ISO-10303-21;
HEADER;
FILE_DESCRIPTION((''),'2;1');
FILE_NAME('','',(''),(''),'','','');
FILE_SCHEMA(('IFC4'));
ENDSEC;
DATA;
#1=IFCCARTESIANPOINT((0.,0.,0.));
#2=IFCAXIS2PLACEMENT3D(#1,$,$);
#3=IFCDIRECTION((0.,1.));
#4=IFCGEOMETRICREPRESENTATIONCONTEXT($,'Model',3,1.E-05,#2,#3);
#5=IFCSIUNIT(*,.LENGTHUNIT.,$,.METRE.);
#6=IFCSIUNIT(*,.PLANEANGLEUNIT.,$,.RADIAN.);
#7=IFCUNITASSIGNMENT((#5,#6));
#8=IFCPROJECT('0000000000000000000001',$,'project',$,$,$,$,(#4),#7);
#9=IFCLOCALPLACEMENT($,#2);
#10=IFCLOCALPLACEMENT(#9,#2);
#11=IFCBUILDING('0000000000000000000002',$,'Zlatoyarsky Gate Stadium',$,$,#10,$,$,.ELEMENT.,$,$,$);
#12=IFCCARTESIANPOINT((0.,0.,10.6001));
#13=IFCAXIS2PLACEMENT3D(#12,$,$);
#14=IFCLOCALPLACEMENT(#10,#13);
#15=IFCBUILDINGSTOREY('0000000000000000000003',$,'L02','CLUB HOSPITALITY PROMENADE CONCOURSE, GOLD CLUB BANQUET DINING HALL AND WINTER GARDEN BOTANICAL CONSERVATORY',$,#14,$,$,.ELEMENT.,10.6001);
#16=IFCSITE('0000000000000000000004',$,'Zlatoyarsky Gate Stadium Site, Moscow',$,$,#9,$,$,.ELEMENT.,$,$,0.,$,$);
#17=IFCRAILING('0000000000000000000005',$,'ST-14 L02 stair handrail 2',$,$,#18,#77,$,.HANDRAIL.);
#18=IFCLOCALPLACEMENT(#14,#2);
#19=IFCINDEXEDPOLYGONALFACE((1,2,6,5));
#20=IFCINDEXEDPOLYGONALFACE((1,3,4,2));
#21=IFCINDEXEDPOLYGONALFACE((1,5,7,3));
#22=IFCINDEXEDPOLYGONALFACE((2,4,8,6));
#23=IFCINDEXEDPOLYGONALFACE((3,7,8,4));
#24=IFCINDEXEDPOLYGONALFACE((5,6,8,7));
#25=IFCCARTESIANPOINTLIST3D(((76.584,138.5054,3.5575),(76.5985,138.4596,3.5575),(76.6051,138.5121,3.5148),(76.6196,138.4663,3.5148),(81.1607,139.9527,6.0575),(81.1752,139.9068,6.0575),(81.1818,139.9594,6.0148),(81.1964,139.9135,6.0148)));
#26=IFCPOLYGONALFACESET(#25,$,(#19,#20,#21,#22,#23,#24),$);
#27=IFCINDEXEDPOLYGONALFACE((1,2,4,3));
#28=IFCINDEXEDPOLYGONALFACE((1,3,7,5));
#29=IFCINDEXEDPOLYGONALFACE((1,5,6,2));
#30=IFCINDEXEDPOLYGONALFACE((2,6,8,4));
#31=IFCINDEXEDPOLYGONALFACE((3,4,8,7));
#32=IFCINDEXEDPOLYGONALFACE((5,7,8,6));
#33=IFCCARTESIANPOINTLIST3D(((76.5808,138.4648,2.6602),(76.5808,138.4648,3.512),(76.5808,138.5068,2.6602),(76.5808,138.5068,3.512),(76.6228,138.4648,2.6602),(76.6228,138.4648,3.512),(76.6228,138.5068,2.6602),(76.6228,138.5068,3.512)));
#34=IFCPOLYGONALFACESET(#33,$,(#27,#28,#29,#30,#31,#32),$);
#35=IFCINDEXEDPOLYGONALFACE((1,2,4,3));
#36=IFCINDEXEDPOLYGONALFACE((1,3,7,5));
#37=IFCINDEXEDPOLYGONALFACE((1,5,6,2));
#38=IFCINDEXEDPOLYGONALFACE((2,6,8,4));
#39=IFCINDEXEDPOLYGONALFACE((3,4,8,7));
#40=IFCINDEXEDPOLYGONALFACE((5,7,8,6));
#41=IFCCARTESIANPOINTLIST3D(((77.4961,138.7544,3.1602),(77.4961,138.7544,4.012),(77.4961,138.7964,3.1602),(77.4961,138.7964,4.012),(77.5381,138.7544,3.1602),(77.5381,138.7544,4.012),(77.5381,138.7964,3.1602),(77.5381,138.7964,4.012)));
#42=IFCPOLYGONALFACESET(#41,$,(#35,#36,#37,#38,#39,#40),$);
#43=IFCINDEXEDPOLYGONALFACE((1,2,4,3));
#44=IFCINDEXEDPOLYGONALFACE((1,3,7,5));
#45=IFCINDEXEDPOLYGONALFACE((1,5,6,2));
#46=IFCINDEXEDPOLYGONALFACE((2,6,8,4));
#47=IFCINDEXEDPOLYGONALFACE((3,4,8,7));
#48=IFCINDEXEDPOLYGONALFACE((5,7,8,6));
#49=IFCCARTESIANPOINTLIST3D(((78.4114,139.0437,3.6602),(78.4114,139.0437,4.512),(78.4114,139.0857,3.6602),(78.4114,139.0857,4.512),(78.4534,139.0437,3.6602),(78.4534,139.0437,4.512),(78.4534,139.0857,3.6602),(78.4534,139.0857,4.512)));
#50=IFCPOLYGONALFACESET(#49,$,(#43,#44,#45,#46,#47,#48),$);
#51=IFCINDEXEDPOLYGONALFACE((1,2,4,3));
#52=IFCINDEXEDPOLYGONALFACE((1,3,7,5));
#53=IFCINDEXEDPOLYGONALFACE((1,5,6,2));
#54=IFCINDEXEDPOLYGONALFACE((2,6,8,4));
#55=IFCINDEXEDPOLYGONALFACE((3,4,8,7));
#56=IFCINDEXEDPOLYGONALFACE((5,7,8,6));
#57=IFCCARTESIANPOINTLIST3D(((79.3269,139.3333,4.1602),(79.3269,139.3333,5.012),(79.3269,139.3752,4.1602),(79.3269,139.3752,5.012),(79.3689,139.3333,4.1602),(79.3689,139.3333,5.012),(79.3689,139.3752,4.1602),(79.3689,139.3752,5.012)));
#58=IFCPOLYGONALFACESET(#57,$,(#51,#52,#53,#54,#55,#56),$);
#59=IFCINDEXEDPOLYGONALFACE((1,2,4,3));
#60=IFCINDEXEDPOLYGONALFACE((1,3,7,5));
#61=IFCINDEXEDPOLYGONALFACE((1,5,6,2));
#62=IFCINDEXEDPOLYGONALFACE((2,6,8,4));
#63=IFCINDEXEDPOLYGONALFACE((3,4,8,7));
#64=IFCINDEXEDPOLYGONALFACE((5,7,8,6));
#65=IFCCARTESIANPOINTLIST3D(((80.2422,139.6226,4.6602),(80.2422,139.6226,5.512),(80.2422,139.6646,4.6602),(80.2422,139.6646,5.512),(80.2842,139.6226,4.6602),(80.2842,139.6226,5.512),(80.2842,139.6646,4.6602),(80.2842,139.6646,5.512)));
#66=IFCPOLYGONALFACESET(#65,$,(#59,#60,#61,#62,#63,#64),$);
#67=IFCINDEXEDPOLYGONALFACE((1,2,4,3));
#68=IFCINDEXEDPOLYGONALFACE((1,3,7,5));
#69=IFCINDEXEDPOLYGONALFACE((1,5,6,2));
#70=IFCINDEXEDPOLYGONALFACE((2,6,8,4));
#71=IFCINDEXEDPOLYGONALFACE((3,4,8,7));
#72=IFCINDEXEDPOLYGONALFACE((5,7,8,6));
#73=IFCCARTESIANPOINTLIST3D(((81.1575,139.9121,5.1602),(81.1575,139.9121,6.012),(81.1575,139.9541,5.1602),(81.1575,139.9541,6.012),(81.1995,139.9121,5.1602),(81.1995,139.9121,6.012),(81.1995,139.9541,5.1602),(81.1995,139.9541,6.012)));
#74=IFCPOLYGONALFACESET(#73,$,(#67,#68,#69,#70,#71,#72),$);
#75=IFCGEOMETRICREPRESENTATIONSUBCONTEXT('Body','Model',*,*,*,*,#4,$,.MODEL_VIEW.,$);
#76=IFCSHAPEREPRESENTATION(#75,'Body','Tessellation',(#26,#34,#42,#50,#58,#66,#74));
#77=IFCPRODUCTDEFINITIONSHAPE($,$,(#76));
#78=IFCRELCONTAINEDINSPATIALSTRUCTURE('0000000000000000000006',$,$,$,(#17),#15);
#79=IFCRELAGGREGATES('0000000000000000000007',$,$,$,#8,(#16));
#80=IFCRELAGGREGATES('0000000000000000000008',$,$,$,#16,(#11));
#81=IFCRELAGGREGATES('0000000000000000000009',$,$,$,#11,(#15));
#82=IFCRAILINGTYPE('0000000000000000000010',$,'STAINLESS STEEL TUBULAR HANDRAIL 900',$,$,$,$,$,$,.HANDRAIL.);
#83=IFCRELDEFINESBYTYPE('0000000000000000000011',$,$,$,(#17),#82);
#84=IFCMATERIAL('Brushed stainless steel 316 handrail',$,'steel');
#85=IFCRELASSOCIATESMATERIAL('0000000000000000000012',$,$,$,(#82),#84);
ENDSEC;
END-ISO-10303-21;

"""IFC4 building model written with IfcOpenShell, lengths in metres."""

from ifc_helpers import new_model, si_unit, direction, frame, origin, origin_2d, place, context, subcontext, project, spatial, rectangle, extrude, material, type_object, element, save


model = new_model("IFC4")

# Units and contexts
model_context = context("Model", 3, precision=1e-05, world=origin(), true_north=direction((0.0, 1.0)))
body_context = subcontext(model_context, "Body", "Model", "MODEL_VIEW")
ifc_project = project(units=[si_unit("LENGTHUNIT", "METRE"), si_unit("PLANEANGLEUNIT", "RADIAN")], contexts=[model_context])

# Site, building, storey
site_placement = place(None, origin())
site = spatial("IfcSite", under=ifc_project, at=site_placement, Name="Zlatoyarsky Gate Stadium Site, Moscow", CompositionType="ELEMENT", RefElevation=0.0)
building_placement = place(site_placement, origin())
building = spatial("IfcBuilding", under=site, at=building_placement, Name="Zlatoyarsky Gate Stadium", CompositionType="ELEMENT")
storey_placement = place(building_placement, frame((0.0, 0.0, 10.6001)))
storey = spatial("IfcBuildingStorey", under=building, at=storey_placement, Name="L02", Description="CLUB HOSPITALITY PROMENADE CONCOURSE, GOLD CLUB BANQUET DINING HALL AND WINTER GARDEN BOTANICAL CONSERVATORY", CompositionType="ELEMENT", Elevation=10.6001)

# Railing
ifc_material_1 = material(Name="Brushed stainless steel 316 handrail", Category="steel")
railing_type_1 = type_object("IfcRailingType", Name="STAINLESS STEEL TUBULAR HANDRAIL 900", PredefinedType="HANDRAIL", material=ifc_material_1)
railing_1_placement = place(storey_placement, frame((76.6018, 138.4858, 2.6602)))
element("IfcRailing", 1, at=railing_1_placement, inside=storey, type_object=railing_type_1, Name="ST-14 L02 stair handrail 2", PredefinedType="HANDRAIL", context=body_context, shape_type="SweptSolid", body=[
    extrude(rectangle(XDim=0.0481, YDim=0.0481, at=origin_2d()), frame((0.0, 0.0, 0.876), z_axis=(0.845641, 0.267415, 0.461931), x_axis=(-0.301511, 0.953463, 0.0)), (0.0, 0.0, 1.0), 5.4121),
    extrude(rectangle(XDim=0.042, YDim=0.042, at=origin_2d()), origin(), (0.0, 0.0, 1.0), 0.8518),
    extrude(rectangle(XDim=0.042, YDim=0.042, at=origin_2d()), frame((0.9153, 0.2896, 0.5)), (0.0, 0.0, 1.0), 0.8518),
    extrude(rectangle(XDim=0.042, YDim=0.042, at=origin_2d()), frame((1.8306, 0.5789, 1.0)), (0.0, 0.0, 1.0), 0.8518),
    extrude(rectangle(XDim=0.042, YDim=0.042, at=origin_2d()), frame((2.7461, 0.8684, 1.5)), (0.0, 0.0, 1.0), 0.8518),
    extrude(rectangle(XDim=0.042, YDim=0.042, at=origin_2d()), frame((3.6614, 1.1577, 2.0)), (0.0, 0.0, 1.0), 0.8518),
    extrude(rectangle(XDim=0.042, YDim=0.042, at=origin_2d()), frame((4.5767, 1.4473, 2.5)), (0.0, 0.0, 1.0), 0.8518),
])

save(model, "model.ifc")
